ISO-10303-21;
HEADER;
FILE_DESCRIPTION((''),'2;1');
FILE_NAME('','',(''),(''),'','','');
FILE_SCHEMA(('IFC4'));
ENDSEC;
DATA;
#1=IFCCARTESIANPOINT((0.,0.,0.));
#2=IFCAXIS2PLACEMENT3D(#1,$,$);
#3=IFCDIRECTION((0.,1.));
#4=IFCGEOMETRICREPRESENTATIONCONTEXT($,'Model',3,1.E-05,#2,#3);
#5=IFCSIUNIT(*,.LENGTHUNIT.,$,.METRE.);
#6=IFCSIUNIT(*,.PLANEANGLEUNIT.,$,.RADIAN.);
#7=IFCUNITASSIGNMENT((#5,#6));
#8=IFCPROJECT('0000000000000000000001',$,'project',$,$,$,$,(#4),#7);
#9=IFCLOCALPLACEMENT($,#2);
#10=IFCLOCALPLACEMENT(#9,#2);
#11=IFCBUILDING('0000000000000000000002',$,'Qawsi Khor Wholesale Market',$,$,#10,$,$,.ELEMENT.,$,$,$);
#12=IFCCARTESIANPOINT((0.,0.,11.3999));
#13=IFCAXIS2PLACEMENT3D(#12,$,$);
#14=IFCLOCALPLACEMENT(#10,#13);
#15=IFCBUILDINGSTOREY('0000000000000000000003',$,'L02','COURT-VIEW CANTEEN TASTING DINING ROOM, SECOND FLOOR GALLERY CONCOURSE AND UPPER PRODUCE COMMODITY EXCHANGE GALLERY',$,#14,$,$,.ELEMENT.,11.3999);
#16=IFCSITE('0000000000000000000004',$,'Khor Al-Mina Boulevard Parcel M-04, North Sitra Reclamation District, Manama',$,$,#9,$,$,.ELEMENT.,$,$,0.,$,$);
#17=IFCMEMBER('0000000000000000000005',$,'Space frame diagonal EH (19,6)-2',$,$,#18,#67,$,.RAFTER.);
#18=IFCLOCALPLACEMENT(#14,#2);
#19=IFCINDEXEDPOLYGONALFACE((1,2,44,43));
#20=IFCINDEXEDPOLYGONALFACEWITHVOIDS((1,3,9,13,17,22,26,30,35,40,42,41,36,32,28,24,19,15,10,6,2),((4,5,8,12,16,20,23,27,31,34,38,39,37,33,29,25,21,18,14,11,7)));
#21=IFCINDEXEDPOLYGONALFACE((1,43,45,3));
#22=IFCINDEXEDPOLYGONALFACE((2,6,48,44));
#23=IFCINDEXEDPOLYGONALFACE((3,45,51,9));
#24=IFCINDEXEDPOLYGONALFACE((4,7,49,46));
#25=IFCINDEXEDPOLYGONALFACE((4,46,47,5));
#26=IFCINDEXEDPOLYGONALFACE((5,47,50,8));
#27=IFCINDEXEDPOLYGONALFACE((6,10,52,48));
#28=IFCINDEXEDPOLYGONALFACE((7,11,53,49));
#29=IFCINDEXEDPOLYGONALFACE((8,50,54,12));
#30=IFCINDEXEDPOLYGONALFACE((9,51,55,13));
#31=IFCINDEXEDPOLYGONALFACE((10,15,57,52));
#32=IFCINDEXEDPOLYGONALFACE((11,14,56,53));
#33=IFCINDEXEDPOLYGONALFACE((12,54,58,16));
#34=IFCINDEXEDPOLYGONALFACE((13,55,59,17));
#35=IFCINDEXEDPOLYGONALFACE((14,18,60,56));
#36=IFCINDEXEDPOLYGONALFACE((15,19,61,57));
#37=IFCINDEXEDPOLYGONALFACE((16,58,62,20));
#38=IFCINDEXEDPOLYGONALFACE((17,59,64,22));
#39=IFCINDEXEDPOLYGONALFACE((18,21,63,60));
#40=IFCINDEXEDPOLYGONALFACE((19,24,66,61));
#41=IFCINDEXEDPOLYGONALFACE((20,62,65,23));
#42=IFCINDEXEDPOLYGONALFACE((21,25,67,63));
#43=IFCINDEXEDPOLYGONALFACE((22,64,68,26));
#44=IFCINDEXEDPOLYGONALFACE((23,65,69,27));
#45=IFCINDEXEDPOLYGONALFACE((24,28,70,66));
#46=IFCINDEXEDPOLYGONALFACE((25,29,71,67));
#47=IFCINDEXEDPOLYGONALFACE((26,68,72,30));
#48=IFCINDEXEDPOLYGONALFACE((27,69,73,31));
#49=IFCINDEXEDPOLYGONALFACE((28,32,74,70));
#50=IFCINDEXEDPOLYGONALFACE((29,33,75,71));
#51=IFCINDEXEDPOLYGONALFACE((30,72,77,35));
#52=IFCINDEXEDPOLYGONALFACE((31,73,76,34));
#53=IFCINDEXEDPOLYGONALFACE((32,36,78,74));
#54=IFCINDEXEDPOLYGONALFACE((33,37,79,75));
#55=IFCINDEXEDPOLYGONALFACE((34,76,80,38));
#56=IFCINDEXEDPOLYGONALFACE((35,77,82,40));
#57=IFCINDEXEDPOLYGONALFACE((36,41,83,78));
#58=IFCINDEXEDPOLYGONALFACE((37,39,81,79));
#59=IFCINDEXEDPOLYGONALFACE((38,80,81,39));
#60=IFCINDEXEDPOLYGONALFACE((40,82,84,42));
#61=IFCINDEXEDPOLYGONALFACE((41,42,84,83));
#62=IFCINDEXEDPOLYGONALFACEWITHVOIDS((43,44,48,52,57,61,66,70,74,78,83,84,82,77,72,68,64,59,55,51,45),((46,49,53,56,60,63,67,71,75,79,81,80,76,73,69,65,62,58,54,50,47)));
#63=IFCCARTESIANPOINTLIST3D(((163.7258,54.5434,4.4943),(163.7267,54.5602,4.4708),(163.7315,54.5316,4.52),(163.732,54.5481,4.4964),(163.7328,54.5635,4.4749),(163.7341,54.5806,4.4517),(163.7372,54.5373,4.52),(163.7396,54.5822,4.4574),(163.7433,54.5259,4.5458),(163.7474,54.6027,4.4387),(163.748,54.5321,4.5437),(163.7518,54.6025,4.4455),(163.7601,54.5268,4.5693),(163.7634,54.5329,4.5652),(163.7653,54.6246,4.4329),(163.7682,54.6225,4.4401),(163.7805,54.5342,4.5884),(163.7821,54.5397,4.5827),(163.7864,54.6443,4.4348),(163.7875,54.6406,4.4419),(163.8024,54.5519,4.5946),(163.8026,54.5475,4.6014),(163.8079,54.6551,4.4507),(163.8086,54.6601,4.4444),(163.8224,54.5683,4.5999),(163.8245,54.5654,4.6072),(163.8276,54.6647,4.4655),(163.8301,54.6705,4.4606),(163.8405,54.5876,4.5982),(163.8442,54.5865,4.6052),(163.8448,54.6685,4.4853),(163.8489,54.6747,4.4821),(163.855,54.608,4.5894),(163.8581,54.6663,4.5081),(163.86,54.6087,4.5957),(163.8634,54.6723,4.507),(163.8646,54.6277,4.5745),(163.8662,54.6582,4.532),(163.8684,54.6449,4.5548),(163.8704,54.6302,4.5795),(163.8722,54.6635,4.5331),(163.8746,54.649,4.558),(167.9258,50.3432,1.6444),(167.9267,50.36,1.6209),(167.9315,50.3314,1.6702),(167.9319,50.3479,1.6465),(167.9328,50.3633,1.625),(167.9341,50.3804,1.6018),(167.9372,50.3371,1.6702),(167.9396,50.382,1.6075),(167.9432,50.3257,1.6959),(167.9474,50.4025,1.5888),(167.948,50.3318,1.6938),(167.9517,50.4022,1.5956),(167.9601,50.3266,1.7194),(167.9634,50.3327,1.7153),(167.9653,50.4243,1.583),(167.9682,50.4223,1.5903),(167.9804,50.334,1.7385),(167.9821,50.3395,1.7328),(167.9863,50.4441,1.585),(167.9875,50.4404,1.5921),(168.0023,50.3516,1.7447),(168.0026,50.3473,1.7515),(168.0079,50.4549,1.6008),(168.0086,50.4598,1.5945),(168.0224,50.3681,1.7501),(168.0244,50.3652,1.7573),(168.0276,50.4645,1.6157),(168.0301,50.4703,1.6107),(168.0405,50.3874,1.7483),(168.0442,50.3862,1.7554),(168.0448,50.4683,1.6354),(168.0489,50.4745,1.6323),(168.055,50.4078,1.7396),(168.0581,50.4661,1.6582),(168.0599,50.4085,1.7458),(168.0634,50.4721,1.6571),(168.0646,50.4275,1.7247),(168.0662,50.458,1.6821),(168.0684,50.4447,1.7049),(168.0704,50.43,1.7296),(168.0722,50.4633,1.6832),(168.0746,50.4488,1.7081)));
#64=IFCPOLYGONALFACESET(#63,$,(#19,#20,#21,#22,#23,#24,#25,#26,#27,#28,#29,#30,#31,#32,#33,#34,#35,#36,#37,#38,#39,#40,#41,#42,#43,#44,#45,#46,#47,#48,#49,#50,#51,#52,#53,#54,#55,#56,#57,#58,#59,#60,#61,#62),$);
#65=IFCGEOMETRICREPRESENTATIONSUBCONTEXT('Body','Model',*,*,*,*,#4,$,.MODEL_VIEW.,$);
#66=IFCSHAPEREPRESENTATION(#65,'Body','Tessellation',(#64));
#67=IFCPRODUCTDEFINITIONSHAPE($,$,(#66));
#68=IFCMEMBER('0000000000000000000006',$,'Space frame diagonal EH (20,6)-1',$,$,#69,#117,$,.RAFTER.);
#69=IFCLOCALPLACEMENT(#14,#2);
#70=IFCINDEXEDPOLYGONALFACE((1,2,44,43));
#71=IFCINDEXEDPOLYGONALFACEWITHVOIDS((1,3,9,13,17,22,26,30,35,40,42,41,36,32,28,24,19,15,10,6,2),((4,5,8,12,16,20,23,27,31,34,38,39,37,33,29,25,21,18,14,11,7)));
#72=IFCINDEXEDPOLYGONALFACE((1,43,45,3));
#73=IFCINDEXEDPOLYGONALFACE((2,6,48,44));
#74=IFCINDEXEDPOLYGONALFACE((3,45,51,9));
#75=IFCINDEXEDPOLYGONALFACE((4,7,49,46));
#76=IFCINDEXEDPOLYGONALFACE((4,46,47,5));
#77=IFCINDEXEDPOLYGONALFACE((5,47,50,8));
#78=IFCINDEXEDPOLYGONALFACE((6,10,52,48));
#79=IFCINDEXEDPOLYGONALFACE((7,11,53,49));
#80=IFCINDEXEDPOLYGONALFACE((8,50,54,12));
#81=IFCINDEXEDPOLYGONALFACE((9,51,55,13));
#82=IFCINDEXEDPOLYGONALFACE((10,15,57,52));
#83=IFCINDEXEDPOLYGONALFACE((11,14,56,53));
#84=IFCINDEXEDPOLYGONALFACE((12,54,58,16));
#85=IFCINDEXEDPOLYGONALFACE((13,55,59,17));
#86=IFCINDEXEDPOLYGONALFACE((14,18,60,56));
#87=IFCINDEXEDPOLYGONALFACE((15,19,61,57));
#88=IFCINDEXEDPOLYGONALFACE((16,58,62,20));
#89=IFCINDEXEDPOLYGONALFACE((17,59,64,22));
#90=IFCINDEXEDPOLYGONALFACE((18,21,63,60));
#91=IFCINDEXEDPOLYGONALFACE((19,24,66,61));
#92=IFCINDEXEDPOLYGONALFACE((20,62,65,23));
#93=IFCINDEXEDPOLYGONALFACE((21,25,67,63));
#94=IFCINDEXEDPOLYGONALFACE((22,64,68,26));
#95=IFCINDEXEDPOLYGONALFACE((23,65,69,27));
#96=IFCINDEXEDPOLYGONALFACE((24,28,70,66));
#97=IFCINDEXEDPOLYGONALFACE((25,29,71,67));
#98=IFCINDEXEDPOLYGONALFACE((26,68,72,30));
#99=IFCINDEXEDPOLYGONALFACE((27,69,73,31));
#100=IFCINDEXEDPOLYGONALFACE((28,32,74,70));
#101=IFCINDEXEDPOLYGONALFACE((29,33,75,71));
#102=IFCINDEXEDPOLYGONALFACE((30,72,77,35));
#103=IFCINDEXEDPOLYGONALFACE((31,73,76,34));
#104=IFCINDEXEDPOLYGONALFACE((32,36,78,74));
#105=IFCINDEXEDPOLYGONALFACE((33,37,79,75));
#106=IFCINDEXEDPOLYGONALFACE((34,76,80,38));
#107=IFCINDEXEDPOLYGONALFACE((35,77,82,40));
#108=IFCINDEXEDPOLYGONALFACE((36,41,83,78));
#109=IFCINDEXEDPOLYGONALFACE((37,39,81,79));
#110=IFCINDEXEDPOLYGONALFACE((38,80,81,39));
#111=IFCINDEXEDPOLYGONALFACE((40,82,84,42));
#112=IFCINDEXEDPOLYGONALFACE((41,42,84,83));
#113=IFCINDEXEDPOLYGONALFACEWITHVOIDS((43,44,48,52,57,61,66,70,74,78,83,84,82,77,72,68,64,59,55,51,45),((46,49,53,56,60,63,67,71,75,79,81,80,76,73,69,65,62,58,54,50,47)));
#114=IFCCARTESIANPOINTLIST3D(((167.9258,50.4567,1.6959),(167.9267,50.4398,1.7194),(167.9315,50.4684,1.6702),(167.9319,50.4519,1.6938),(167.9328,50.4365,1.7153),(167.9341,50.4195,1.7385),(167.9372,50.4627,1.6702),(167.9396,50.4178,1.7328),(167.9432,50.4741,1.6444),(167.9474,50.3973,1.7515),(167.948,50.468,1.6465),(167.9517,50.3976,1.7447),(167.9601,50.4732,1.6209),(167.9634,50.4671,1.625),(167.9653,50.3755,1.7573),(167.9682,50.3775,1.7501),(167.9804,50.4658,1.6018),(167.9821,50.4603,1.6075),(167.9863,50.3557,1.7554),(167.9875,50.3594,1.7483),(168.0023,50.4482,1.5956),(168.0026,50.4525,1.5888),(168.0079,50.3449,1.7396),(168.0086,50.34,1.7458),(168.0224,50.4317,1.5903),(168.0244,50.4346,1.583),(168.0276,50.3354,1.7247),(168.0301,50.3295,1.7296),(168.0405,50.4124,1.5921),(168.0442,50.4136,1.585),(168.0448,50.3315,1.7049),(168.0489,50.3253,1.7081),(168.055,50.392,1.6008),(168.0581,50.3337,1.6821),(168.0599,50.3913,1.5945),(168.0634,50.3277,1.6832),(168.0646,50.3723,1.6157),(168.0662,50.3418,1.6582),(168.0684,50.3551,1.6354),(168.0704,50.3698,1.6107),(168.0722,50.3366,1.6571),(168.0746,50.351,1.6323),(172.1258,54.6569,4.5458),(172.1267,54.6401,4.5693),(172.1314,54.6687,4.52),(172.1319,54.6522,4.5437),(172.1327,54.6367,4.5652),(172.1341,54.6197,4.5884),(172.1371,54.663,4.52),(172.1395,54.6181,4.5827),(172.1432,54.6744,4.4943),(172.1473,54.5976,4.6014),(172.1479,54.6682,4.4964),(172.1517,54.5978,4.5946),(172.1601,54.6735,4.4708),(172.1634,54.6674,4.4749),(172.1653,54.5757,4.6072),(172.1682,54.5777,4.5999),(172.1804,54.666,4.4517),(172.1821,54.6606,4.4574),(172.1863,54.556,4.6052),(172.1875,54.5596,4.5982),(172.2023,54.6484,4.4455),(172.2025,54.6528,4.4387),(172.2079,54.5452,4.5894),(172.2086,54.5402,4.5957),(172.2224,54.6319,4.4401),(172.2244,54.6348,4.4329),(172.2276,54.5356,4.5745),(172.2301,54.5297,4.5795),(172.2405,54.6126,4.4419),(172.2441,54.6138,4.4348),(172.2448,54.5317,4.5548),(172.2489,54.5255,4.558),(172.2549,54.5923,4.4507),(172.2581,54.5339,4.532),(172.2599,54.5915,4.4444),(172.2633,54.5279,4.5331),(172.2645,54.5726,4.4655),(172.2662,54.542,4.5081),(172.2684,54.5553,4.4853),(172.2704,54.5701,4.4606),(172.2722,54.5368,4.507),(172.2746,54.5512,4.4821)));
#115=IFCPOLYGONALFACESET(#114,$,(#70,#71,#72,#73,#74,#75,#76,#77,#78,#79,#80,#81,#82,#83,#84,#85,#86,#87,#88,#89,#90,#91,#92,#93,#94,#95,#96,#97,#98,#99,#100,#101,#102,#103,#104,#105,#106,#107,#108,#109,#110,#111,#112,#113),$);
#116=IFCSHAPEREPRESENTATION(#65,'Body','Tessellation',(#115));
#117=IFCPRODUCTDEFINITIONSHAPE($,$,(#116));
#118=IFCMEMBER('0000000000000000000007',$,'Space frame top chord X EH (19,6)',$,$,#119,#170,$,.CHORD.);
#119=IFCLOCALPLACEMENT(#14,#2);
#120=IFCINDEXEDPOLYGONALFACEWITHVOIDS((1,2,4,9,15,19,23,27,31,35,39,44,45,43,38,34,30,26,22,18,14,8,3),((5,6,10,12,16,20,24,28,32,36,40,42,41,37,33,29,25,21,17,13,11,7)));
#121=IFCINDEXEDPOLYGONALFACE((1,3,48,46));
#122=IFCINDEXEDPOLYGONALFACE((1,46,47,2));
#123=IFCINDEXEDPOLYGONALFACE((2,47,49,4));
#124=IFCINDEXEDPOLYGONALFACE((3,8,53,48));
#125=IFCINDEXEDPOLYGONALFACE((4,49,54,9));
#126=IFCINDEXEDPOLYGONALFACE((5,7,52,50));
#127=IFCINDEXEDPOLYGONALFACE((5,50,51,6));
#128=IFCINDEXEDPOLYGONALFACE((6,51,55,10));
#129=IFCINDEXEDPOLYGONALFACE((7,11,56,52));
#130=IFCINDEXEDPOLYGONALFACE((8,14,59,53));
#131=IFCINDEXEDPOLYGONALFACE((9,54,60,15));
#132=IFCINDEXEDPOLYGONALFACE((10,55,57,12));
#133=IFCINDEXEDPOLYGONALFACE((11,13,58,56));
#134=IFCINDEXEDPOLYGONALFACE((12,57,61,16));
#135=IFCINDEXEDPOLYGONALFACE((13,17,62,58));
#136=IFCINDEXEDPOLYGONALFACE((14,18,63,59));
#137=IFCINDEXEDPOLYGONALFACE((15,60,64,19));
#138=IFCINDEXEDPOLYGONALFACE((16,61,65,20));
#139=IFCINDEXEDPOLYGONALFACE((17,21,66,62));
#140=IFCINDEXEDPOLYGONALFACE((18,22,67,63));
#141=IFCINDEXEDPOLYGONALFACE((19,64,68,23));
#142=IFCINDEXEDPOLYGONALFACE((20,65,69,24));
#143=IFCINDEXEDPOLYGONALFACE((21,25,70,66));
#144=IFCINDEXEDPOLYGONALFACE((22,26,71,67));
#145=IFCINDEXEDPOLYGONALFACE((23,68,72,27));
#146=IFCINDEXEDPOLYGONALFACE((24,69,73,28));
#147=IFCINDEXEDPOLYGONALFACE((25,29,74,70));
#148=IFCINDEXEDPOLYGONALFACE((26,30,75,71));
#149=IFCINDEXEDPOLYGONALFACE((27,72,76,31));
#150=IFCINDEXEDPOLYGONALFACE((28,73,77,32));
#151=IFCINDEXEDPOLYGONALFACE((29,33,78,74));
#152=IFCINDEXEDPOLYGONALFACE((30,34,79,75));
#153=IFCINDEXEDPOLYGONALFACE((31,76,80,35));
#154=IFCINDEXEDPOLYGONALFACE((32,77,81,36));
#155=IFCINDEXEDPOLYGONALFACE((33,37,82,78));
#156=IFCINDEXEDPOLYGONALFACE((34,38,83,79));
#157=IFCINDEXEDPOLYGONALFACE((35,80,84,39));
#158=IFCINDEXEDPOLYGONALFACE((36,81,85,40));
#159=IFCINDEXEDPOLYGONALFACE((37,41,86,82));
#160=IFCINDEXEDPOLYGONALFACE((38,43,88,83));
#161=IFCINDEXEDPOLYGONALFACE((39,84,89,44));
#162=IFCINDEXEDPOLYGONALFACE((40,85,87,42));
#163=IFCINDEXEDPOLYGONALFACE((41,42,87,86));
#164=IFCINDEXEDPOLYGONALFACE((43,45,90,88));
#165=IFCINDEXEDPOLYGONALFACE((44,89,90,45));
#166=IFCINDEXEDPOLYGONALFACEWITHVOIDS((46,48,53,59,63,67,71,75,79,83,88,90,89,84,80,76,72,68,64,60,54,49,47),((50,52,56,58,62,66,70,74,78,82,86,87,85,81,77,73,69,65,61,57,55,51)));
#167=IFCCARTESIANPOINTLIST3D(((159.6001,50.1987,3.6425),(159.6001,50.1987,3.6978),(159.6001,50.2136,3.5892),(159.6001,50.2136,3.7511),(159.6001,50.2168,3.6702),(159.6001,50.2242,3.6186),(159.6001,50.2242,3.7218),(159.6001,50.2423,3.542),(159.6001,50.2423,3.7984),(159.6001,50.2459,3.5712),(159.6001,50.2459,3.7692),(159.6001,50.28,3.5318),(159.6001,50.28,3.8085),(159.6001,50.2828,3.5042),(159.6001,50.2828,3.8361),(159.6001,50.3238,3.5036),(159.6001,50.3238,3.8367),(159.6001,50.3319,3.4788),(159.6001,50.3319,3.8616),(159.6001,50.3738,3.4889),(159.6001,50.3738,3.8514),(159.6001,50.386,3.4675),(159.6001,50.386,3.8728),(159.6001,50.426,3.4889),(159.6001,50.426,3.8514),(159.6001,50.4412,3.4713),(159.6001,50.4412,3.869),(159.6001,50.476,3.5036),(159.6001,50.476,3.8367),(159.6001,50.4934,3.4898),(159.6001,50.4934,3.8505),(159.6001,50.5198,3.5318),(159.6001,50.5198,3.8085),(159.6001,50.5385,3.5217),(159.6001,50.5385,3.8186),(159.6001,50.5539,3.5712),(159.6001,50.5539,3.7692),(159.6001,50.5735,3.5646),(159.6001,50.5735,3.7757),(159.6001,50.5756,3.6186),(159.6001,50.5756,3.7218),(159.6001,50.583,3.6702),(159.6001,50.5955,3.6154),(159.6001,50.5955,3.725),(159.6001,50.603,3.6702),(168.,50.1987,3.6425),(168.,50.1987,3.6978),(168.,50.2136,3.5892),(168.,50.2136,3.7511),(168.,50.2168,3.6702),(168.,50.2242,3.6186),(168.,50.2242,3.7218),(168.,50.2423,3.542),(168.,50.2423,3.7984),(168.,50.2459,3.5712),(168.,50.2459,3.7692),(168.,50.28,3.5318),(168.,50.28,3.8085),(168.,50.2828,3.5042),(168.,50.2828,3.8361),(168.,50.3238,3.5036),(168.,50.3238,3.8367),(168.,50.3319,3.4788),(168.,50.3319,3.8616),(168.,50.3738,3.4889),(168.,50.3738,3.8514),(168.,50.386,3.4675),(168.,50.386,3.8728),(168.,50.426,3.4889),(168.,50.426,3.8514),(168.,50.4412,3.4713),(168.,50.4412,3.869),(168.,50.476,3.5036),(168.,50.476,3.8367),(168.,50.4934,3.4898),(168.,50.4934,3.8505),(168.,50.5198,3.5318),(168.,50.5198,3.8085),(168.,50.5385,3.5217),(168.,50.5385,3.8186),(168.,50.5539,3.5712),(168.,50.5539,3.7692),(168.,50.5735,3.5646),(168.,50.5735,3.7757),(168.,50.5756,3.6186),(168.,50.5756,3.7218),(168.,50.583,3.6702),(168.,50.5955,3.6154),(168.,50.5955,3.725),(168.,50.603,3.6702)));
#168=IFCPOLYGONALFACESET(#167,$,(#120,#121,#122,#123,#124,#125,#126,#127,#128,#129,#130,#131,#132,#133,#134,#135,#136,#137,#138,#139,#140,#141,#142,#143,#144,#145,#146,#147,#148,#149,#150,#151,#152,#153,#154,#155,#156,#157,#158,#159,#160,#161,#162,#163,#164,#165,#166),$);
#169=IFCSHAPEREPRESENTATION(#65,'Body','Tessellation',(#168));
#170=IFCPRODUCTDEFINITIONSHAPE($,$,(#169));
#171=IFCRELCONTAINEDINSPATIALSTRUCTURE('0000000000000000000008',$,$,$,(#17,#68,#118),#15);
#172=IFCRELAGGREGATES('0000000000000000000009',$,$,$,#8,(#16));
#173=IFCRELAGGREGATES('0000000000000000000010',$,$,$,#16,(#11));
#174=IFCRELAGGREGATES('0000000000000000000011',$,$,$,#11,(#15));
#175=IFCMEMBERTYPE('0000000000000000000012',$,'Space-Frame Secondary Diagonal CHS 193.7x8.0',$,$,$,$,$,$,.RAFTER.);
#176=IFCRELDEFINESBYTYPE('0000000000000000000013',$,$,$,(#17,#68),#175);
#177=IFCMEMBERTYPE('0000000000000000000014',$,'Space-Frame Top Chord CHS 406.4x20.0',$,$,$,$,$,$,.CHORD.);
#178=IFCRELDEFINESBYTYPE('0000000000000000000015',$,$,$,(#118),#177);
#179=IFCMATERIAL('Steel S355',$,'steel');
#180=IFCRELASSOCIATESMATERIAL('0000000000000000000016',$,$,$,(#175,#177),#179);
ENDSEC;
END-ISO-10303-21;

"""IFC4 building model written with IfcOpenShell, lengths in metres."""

from ifc_helpers import new_model, si_unit, direction, frame, origin, origin_2d, place, context, subcontext, project, spatial, hollow_circle, extrude, material, material_profile, profile_set, type_object, element, save


model = new_model("IFC4")

# Units and contexts
model_context = context("Model", 3, precision=1e-05, world=origin(), true_north=direction((0.0, 1.0)))
body_context = subcontext(model_context, "Body", "Model", "MODEL_VIEW")
ifc_project = project(units=[si_unit("LENGTHUNIT", "METRE"), si_unit("PLANEANGLEUNIT", "RADIAN")], contexts=[model_context])

# Site, building, storey
site_placement = place(None, origin())
site = spatial("IfcSite", under=ifc_project, at=site_placement, Name="Khor Al-Mina Boulevard Parcel M-04, North Sitra Reclamation District, Manama", CompositionType="ELEMENT", RefElevation=0.0)
building_placement = place(site_placement, origin())
building = spatial("IfcBuilding", under=site, at=building_placement, Name="Qawsi Khor Wholesale Market", CompositionType="ELEMENT")
storey_placement = place(building_placement, frame((0.0, 0.0, 11.3999)))
storey = spatial("IfcBuildingStorey", under=building, at=storey_placement, Name="L02", Description="COURT-VIEW CANTEEN TASTING DINING ROOM, SECOND FLOOR GALLERY CONCOURSE AND UPPER PRODUCE COMMODITY EXCHANGE GALLERY", CompositionType="ELEMENT", Elevation=11.3999)

# Members
ifc_material_1 = material(Name="Steel S355", Category="steel")
ifc_material_profile_1 = material_profile(ifc_material_1, hollow_circle(Radius=0.0969, WallThickness=0.0081, at=origin_2d()), Name="CHS 193.7x8.0")
ifc_profile_set_1 = profile_set([ifc_material_profile_1], Name="Steel S355")
member_type_1 = type_object("IfcMemberType", Name="Space-Frame Secondary Diagonal CHS 193.7x8.0", PredefinedType="RAFTER", material=ifc_profile_set_1)
for number, where, z_axis, x_axis, name in (
    (1, (168.0, 50.3999, 1.6702), (-0.637507, 0.637544, 0.432577), (-0.707127, -0.707086, 0.0), "Space frame diagonal EH (19,6)-2"),
    (2, (168.0, 50.3999, 1.6702), (0.637507, 0.637544, 0.432577), (-0.707127, 0.707086, 0.0), "Space frame diagonal EH (20,6)-1"),
):
    element("IfcMember", number, at=place(storey_placement, frame(where, z_axis=z_axis, x_axis=x_axis)), inside=storey, type_object=member_type_1, Name=name, PredefinedType="RAFTER", context=body_context, shape_type="SweptSolid", body=[
        extrude(hollow_circle(Radius=0.0969, WallThickness=0.0081, at=origin_2d()), origin(), (0.0, 0.0, 1.0), 6.5881),
    ])
ifc_material_profile_2 = material_profile(ifc_material_1, hollow_circle(Radius=0.2031, WallThickness=0.02, at=origin_2d()), Name="CHS 406.4x20.0")
ifc_profile_set_2 = profile_set([ifc_material_profile_2], Name="Steel S355")
member_type_2 = type_object("IfcMemberType", Name="Space-Frame Top Chord CHS 406.4x20.0", PredefinedType="CHORD", material=ifc_profile_set_2)
for number, where, z_axis, x_axis, name in (
    (3, (159.6001, 50.3999, 3.6702), (1.0, 0.0, 0.0), (0.0, 1.0, 0.0), "Space frame top chord X EH (19,6)"),
):
    element("IfcMember", number, at=place(storey_placement, frame(where, z_axis=z_axis, x_axis=x_axis)), inside=storey, type_object=member_type_2, Name=name, PredefinedType="CHORD", context=body_context, shape_type="SweptSolid", body=[
        extrude(hollow_circle(Radius=0.2031, WallThickness=0.02, at=origin_2d()), origin(), (0.0, 0.0, 1.0), 8.3999),
    ])

save(model, "model.ifc")
